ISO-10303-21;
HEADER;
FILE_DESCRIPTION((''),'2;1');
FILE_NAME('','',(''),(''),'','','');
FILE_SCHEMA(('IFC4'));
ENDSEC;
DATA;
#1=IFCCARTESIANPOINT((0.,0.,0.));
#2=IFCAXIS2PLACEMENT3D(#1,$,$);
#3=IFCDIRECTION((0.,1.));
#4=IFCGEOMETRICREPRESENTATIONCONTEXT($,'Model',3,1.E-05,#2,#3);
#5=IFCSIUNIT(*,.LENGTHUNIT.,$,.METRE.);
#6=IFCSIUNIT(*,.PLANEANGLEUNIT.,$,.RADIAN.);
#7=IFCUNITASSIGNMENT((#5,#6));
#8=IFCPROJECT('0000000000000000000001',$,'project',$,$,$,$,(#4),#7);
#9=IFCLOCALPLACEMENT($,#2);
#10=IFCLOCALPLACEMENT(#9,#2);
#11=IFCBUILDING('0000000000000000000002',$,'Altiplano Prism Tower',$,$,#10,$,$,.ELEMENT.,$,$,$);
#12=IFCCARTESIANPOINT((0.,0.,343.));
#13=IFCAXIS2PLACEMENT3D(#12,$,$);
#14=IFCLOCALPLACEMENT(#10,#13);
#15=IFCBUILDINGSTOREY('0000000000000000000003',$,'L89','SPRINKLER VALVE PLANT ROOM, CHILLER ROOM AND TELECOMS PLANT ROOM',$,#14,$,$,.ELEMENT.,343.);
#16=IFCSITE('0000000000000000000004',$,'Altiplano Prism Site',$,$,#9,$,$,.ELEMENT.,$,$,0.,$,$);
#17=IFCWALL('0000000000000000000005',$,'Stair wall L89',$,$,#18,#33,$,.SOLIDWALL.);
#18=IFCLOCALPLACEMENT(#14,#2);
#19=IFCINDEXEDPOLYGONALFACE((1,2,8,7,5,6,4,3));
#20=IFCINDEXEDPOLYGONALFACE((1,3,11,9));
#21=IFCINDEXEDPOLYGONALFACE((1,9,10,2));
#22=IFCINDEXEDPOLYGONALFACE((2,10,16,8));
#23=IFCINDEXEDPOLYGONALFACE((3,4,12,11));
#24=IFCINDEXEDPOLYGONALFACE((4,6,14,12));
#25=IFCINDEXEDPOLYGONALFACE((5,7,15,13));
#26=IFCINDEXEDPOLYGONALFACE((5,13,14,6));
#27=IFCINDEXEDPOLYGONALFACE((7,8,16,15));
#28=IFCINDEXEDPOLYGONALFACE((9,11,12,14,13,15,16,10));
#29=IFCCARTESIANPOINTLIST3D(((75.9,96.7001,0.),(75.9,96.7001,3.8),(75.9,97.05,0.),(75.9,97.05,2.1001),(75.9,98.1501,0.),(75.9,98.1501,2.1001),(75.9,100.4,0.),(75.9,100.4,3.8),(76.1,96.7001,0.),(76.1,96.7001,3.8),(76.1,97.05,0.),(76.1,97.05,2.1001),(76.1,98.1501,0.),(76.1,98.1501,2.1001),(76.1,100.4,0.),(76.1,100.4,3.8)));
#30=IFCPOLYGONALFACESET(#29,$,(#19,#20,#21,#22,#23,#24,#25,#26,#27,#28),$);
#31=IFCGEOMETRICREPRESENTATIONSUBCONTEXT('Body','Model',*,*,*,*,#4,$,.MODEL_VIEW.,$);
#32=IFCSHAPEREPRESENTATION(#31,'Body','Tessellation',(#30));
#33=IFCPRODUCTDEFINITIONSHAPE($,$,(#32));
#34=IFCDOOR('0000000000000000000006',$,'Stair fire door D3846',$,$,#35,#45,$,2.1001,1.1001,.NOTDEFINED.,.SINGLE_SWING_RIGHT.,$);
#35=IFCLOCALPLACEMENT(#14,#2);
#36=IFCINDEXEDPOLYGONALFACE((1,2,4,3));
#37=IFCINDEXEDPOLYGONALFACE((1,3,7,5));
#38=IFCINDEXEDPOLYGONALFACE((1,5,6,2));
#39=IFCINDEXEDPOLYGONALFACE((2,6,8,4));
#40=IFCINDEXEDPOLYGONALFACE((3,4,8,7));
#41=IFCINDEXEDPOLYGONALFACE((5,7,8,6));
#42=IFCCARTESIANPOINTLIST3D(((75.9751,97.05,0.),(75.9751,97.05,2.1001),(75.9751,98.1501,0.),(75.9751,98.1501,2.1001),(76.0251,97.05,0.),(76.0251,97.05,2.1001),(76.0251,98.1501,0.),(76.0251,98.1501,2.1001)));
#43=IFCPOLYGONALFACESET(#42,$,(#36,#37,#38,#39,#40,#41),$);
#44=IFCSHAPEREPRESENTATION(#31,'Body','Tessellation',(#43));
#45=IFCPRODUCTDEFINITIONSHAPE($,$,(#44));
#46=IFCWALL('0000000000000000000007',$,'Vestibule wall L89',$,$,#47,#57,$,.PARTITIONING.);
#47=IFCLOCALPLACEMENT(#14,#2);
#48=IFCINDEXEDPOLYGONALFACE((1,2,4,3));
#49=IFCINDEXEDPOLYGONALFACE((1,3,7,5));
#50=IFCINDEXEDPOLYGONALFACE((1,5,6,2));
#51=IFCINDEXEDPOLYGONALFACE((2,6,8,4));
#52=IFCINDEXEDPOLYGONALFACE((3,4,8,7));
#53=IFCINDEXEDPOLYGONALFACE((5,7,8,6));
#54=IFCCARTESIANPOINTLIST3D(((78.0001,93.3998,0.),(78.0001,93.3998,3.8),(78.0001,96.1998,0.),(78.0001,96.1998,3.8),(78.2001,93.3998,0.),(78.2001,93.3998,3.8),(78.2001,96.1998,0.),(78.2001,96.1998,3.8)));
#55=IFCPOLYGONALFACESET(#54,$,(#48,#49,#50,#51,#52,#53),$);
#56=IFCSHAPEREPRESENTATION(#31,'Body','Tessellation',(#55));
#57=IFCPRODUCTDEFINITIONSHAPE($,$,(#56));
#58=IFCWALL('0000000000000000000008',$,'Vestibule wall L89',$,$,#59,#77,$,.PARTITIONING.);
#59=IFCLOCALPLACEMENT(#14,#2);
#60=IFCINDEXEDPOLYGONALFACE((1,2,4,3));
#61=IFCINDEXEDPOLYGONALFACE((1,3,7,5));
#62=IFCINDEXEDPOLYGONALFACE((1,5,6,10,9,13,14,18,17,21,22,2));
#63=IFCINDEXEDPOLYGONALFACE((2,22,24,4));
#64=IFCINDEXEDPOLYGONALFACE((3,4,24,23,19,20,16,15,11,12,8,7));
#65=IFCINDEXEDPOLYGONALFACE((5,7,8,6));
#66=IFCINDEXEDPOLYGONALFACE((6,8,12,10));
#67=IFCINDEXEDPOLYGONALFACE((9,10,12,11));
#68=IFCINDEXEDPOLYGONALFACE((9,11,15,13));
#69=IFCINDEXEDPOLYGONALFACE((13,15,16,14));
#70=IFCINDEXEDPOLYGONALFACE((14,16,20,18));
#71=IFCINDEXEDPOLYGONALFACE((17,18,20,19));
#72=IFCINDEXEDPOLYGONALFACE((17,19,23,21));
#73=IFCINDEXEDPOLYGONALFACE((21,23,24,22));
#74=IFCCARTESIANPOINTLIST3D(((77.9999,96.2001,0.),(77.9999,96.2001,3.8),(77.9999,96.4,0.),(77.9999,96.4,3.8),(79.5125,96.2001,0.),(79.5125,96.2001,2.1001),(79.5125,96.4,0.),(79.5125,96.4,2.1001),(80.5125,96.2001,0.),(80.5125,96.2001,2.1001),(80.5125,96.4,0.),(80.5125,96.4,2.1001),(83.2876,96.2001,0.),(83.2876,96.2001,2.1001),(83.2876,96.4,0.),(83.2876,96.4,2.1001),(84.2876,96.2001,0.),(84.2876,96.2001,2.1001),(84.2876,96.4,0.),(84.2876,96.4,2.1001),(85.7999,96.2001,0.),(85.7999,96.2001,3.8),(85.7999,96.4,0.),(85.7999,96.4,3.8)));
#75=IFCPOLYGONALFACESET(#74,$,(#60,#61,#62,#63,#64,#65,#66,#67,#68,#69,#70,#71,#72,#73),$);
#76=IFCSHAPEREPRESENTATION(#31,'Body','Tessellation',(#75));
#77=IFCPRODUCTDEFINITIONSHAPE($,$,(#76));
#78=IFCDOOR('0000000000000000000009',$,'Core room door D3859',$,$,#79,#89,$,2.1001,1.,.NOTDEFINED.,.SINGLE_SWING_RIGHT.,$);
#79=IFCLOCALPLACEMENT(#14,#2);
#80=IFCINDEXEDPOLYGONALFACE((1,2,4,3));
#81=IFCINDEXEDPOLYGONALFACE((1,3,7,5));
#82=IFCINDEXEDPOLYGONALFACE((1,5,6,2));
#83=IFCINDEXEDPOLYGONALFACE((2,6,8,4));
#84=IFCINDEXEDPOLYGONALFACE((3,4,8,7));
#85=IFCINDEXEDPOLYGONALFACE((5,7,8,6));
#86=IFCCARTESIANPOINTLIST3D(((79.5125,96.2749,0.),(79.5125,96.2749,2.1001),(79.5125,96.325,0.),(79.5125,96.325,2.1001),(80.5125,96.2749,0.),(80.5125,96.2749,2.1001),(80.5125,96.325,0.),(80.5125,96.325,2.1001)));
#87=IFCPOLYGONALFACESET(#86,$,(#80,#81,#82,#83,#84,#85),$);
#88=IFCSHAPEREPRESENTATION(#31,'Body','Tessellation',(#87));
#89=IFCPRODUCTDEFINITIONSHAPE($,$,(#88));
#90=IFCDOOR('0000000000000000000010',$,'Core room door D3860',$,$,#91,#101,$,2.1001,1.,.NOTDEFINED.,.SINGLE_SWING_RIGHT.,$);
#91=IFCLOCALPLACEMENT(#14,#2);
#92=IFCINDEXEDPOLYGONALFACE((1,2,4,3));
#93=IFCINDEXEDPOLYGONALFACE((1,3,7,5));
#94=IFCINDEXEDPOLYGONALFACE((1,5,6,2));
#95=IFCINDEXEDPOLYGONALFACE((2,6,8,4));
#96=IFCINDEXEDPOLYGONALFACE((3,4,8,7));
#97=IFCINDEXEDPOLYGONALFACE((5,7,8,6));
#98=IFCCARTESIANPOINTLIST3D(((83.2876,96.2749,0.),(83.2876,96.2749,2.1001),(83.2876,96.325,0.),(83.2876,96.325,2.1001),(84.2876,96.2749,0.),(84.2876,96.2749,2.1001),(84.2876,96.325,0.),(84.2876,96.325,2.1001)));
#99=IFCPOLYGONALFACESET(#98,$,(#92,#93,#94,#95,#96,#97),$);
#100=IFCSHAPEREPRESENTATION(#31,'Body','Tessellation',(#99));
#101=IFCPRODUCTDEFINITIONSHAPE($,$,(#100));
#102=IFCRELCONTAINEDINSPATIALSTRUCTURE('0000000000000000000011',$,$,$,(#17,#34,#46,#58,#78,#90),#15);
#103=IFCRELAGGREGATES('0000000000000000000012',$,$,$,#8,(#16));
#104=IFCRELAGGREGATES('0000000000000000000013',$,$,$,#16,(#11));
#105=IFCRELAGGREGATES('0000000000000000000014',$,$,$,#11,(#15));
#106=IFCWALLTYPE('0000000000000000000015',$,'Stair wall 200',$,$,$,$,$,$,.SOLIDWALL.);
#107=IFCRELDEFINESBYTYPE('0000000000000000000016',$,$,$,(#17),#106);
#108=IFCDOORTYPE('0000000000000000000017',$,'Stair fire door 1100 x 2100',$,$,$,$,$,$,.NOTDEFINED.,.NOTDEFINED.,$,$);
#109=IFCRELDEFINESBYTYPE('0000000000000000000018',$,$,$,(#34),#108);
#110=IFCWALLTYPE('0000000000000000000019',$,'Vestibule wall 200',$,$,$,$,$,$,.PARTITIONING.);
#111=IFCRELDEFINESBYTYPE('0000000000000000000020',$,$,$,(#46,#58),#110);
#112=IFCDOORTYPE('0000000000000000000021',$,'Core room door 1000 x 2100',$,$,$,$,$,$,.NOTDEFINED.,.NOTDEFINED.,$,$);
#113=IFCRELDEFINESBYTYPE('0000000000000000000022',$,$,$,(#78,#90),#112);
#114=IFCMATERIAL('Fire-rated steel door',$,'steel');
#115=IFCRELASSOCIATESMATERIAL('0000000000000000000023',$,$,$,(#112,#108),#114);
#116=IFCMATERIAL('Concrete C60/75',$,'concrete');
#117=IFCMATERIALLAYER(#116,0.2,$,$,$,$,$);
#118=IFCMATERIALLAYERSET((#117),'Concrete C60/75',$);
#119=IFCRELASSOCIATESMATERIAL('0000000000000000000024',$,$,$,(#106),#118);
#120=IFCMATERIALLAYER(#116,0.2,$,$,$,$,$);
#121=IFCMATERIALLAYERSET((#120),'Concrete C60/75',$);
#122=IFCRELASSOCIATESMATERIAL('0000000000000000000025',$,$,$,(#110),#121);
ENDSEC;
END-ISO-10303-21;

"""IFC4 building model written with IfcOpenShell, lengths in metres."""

from ifc_helpers import new_model, si_unit, direction, frame, frame_2d, origin, place, context, subcontext, project, spatial, rectangle, extrude, material, layer, layer_set, type_object, element, fill, save


model = new_model("IFC4")

# Units and contexts
model_context = context("Model", 3, precision=1e-05, world=origin(), true_north=direction((0.0, 1.0)))
body_context = subcontext(model_context, "Body", "Model", "MODEL_VIEW")
ifc_project = project(units=[si_unit("LENGTHUNIT", "METRE"), si_unit("PLANEANGLEUNIT", "RADIAN")], contexts=[model_context])

# Site, building, storey
site_placement = place(None, origin())
site = spatial("IfcSite", under=ifc_project, at=site_placement, Name="Altiplano Prism Site", CompositionType="ELEMENT", RefElevation=0.0)
building_placement = place(site_placement, origin())
building = spatial("IfcBuilding", under=site, at=building_placement, Name="Altiplano Prism Tower", CompositionType="ELEMENT")
storey_placement = place(building_placement, frame((0.0, 0.0, 343.0)))
storey = spatial("IfcBuildingStorey", under=building, at=storey_placement, Name="L89", Description="SPRINKLER VALVE PLANT ROOM, CHILLER ROOM AND TELECOMS PLANT ROOM", CompositionType="ELEMENT", Elevation=343.0)

# Shared definitions
ifc_material_1 = material(Name="Concrete C60/75", Category="concrete")

# Shared definitions
ifc_material_2 = material(Name="Fire-rated steel door", Category="steel")
door_type_1 = type_object("IfcDoorType", Name="Core room door 1000 x 2100", OperationType="NOTDEFINED", PredefinedType="NOTDEFINED", material=ifc_material_2)

# Wall, opening, door
ifc_layer_1 = layer(ifc_material_1, 0.2)
ifc_layer_set_1 = layer_set([ifc_layer_1], Name="Concrete C60/75")
wall_type_1 = type_object("IfcWallType", Name="Stair wall 200", PredefinedType="SOLIDWALL", material=ifc_layer_set_1)
wall_1_placement = place(storey_placement, frame((76.0, 96.7, 0.0), z_axis=(0.0, 0.0, 1.0), x_axis=(0.0, 1.0, 0.0)))
wall_1 = element("IfcWall", 1, at=wall_1_placement, inside=storey, type_object=wall_type_1, Name="Stair wall L89", PredefinedType="SOLIDWALL", context=body_context, shape_type="SweptSolid", body=[
    extrude(rectangle(XDim=3.7, YDim=0.2, at=frame_2d((1.8501, 0.0))), origin(), (0.0, 0.0, 1.0), 3.8),
])
opening_1_placement = place(wall_1_placement, frame((0.3501, 0.0, 0.0)))
opening_1 = element("IfcOpeningElement", 2, at=opening_1_placement, cuts=wall_1, PredefinedType="OPENING", context=body_context, shape_type="SweptSolid", body=[
    extrude(rectangle(XDim=1.1001, YDim=2.1001, at=frame_2d((0.55, 1.05))), frame((0.0, 0.1104, 0.0), z_axis=(0.0, -1.0, 0.0), x_axis=(1.0, 0.0, 0.0)), (0.0, 0.0, 1.0), 0.2209),
])
door_type_2 = type_object("IfcDoorType", Name="Stair fire door 1100 x 2100", OperationType="NOTDEFINED", PredefinedType="NOTDEFINED", material=ifc_material_2)
door_1_placement = place(opening_1_placement, origin())
door_1 = element("IfcDoor", 3, at=door_1_placement, inside=storey, type_object=door_type_2, Name="Stair fire door D3846", OperationType="SINGLE_SWING_RIGHT", OverallHeight=2.1001, OverallWidth=1.1001, PredefinedType="NOTDEFINED", context=body_context, shape_type="SweptSolid", body=[
    extrude(rectangle(XDim=1.1001, YDim=2.1001, at=frame_2d((0.55, 1.05))), frame((0.0, 0.0249, 0.0), z_axis=(0.0, -1.0, 0.0), x_axis=(1.0, 0.0, 0.0)), (0.0, 0.0, 1.0), 0.05),
])
fill(opening_1, door_1)

# Wall
ifc_layer_2 = layer(ifc_material_1, 0.2)
ifc_layer_set_2 = layer_set([ifc_layer_2], Name="Concrete C60/75")
wall_type_2 = type_object("IfcWallType", Name="Vestibule wall 200", PredefinedType="PARTITIONING", material=ifc_layer_set_2)
wall_2_placement = place(storey_placement, frame((78.1001, 93.3999, 0.0), z_axis=(0.0, 0.0, 1.0), x_axis=(0.0, 1.0, 0.0)))
element("IfcWall", 4, at=wall_2_placement, inside=storey, type_object=wall_type_2, Name="Vestibule wall L89", PredefinedType="PARTITIONING", context=body_context, shape_type="SweptSolid", body=[
    extrude(rectangle(XDim=2.8, YDim=0.2, at=frame_2d((1.3999, 0.0))), origin(), (0.0, 0.0, 1.0), 3.8),
])

# Wall, openings, doors
wall_3_placement = place(storey_placement, frame((78.0, 96.3, 0.0), z_axis=(0.0, 0.0, 1.0), x_axis=(1.0, 0.0, 0.0)))
wall_3 = element("IfcWall", 5, at=wall_3_placement, inside=storey, type_object=wall_type_2, Name="Vestibule wall L89", PredefinedType="PARTITIONING", context=body_context, shape_type="SweptSolid", body=[
    extrude(rectangle(XDim=7.8, YDim=0.2, at=frame_2d((3.8999, 0.0))), origin(), (0.0, 0.0, 1.0), 3.8),
])
opening_2_placement = place(wall_3_placement, frame((1.5125, 0.0, 0.0)))
opening_2 = element("IfcOpeningElement", 6, at=opening_2_placement, cuts=wall_3, PredefinedType="OPENING", context=body_context, shape_type="SweptSolid", body=[
    extrude(rectangle(XDim=1.0, YDim=2.1001, at=frame_2d((0.5, 1.05))), frame((0.0, 0.1104, 0.0), z_axis=(0.0, -1.0, 0.0), x_axis=(1.0, 0.0, 0.0)), (0.0, 0.0, 1.0), 0.2209),
])
opening_3_placement = place(wall_3_placement, frame((5.2876, 0.0, 0.0)))
opening_3 = element("IfcOpeningElement", 7, at=opening_3_placement, cuts=wall_3, PredefinedType="OPENING", context=body_context, shape_type="SweptSolid", body=[
    extrude(rectangle(XDim=1.0, YDim=2.1001, at=frame_2d((0.5, 1.05))), frame((0.0, 0.1104, 0.0), z_axis=(0.0, -1.0, 0.0), x_axis=(1.0, 0.0, 0.0)), (0.0, 0.0, 1.0), 0.2209),
])
door_2_placement = place(opening_2_placement, origin())
door_2 = element("IfcDoor", 8, at=door_2_placement, inside=storey, type_object=door_type_1, Name="Core room door D3859", OperationType="SINGLE_SWING_RIGHT", OverallHeight=2.1001, OverallWidth=1.0, PredefinedType="NOTDEFINED", context=body_context, shape_type="SweptSolid", body=[
    extrude(rectangle(XDim=1.0, YDim=2.1001, at=frame_2d((0.5, 1.05))), frame((0.0, 0.0249, 0.0), z_axis=(0.0, -1.0, 0.0), x_axis=(1.0, 0.0, 0.0)), (0.0, 0.0, 1.0), 0.05),
])
fill(opening_2, door_2)
door_3_placement = place(opening_3_placement, origin())
door_3 = element("IfcDoor", 9, at=door_3_placement, inside=storey, type_object=door_type_1, Name="Core room door D3860", OperationType="SINGLE_SWING_RIGHT", OverallHeight=2.1001, OverallWidth=1.0, PredefinedType="NOTDEFINED", context=body_context, shape_type="SweptSolid", body=[
    extrude(rectangle(XDim=1.0, YDim=2.1001, at=frame_2d((0.5, 1.05))), frame((0.0, 0.0249, 0.0), z_axis=(0.0, -1.0, 0.0), x_axis=(1.0, 0.0, 0.0)), (0.0, 0.0, 1.0), 0.05),
])
fill(opening_3, door_3)

save(model, "model.ifc")
